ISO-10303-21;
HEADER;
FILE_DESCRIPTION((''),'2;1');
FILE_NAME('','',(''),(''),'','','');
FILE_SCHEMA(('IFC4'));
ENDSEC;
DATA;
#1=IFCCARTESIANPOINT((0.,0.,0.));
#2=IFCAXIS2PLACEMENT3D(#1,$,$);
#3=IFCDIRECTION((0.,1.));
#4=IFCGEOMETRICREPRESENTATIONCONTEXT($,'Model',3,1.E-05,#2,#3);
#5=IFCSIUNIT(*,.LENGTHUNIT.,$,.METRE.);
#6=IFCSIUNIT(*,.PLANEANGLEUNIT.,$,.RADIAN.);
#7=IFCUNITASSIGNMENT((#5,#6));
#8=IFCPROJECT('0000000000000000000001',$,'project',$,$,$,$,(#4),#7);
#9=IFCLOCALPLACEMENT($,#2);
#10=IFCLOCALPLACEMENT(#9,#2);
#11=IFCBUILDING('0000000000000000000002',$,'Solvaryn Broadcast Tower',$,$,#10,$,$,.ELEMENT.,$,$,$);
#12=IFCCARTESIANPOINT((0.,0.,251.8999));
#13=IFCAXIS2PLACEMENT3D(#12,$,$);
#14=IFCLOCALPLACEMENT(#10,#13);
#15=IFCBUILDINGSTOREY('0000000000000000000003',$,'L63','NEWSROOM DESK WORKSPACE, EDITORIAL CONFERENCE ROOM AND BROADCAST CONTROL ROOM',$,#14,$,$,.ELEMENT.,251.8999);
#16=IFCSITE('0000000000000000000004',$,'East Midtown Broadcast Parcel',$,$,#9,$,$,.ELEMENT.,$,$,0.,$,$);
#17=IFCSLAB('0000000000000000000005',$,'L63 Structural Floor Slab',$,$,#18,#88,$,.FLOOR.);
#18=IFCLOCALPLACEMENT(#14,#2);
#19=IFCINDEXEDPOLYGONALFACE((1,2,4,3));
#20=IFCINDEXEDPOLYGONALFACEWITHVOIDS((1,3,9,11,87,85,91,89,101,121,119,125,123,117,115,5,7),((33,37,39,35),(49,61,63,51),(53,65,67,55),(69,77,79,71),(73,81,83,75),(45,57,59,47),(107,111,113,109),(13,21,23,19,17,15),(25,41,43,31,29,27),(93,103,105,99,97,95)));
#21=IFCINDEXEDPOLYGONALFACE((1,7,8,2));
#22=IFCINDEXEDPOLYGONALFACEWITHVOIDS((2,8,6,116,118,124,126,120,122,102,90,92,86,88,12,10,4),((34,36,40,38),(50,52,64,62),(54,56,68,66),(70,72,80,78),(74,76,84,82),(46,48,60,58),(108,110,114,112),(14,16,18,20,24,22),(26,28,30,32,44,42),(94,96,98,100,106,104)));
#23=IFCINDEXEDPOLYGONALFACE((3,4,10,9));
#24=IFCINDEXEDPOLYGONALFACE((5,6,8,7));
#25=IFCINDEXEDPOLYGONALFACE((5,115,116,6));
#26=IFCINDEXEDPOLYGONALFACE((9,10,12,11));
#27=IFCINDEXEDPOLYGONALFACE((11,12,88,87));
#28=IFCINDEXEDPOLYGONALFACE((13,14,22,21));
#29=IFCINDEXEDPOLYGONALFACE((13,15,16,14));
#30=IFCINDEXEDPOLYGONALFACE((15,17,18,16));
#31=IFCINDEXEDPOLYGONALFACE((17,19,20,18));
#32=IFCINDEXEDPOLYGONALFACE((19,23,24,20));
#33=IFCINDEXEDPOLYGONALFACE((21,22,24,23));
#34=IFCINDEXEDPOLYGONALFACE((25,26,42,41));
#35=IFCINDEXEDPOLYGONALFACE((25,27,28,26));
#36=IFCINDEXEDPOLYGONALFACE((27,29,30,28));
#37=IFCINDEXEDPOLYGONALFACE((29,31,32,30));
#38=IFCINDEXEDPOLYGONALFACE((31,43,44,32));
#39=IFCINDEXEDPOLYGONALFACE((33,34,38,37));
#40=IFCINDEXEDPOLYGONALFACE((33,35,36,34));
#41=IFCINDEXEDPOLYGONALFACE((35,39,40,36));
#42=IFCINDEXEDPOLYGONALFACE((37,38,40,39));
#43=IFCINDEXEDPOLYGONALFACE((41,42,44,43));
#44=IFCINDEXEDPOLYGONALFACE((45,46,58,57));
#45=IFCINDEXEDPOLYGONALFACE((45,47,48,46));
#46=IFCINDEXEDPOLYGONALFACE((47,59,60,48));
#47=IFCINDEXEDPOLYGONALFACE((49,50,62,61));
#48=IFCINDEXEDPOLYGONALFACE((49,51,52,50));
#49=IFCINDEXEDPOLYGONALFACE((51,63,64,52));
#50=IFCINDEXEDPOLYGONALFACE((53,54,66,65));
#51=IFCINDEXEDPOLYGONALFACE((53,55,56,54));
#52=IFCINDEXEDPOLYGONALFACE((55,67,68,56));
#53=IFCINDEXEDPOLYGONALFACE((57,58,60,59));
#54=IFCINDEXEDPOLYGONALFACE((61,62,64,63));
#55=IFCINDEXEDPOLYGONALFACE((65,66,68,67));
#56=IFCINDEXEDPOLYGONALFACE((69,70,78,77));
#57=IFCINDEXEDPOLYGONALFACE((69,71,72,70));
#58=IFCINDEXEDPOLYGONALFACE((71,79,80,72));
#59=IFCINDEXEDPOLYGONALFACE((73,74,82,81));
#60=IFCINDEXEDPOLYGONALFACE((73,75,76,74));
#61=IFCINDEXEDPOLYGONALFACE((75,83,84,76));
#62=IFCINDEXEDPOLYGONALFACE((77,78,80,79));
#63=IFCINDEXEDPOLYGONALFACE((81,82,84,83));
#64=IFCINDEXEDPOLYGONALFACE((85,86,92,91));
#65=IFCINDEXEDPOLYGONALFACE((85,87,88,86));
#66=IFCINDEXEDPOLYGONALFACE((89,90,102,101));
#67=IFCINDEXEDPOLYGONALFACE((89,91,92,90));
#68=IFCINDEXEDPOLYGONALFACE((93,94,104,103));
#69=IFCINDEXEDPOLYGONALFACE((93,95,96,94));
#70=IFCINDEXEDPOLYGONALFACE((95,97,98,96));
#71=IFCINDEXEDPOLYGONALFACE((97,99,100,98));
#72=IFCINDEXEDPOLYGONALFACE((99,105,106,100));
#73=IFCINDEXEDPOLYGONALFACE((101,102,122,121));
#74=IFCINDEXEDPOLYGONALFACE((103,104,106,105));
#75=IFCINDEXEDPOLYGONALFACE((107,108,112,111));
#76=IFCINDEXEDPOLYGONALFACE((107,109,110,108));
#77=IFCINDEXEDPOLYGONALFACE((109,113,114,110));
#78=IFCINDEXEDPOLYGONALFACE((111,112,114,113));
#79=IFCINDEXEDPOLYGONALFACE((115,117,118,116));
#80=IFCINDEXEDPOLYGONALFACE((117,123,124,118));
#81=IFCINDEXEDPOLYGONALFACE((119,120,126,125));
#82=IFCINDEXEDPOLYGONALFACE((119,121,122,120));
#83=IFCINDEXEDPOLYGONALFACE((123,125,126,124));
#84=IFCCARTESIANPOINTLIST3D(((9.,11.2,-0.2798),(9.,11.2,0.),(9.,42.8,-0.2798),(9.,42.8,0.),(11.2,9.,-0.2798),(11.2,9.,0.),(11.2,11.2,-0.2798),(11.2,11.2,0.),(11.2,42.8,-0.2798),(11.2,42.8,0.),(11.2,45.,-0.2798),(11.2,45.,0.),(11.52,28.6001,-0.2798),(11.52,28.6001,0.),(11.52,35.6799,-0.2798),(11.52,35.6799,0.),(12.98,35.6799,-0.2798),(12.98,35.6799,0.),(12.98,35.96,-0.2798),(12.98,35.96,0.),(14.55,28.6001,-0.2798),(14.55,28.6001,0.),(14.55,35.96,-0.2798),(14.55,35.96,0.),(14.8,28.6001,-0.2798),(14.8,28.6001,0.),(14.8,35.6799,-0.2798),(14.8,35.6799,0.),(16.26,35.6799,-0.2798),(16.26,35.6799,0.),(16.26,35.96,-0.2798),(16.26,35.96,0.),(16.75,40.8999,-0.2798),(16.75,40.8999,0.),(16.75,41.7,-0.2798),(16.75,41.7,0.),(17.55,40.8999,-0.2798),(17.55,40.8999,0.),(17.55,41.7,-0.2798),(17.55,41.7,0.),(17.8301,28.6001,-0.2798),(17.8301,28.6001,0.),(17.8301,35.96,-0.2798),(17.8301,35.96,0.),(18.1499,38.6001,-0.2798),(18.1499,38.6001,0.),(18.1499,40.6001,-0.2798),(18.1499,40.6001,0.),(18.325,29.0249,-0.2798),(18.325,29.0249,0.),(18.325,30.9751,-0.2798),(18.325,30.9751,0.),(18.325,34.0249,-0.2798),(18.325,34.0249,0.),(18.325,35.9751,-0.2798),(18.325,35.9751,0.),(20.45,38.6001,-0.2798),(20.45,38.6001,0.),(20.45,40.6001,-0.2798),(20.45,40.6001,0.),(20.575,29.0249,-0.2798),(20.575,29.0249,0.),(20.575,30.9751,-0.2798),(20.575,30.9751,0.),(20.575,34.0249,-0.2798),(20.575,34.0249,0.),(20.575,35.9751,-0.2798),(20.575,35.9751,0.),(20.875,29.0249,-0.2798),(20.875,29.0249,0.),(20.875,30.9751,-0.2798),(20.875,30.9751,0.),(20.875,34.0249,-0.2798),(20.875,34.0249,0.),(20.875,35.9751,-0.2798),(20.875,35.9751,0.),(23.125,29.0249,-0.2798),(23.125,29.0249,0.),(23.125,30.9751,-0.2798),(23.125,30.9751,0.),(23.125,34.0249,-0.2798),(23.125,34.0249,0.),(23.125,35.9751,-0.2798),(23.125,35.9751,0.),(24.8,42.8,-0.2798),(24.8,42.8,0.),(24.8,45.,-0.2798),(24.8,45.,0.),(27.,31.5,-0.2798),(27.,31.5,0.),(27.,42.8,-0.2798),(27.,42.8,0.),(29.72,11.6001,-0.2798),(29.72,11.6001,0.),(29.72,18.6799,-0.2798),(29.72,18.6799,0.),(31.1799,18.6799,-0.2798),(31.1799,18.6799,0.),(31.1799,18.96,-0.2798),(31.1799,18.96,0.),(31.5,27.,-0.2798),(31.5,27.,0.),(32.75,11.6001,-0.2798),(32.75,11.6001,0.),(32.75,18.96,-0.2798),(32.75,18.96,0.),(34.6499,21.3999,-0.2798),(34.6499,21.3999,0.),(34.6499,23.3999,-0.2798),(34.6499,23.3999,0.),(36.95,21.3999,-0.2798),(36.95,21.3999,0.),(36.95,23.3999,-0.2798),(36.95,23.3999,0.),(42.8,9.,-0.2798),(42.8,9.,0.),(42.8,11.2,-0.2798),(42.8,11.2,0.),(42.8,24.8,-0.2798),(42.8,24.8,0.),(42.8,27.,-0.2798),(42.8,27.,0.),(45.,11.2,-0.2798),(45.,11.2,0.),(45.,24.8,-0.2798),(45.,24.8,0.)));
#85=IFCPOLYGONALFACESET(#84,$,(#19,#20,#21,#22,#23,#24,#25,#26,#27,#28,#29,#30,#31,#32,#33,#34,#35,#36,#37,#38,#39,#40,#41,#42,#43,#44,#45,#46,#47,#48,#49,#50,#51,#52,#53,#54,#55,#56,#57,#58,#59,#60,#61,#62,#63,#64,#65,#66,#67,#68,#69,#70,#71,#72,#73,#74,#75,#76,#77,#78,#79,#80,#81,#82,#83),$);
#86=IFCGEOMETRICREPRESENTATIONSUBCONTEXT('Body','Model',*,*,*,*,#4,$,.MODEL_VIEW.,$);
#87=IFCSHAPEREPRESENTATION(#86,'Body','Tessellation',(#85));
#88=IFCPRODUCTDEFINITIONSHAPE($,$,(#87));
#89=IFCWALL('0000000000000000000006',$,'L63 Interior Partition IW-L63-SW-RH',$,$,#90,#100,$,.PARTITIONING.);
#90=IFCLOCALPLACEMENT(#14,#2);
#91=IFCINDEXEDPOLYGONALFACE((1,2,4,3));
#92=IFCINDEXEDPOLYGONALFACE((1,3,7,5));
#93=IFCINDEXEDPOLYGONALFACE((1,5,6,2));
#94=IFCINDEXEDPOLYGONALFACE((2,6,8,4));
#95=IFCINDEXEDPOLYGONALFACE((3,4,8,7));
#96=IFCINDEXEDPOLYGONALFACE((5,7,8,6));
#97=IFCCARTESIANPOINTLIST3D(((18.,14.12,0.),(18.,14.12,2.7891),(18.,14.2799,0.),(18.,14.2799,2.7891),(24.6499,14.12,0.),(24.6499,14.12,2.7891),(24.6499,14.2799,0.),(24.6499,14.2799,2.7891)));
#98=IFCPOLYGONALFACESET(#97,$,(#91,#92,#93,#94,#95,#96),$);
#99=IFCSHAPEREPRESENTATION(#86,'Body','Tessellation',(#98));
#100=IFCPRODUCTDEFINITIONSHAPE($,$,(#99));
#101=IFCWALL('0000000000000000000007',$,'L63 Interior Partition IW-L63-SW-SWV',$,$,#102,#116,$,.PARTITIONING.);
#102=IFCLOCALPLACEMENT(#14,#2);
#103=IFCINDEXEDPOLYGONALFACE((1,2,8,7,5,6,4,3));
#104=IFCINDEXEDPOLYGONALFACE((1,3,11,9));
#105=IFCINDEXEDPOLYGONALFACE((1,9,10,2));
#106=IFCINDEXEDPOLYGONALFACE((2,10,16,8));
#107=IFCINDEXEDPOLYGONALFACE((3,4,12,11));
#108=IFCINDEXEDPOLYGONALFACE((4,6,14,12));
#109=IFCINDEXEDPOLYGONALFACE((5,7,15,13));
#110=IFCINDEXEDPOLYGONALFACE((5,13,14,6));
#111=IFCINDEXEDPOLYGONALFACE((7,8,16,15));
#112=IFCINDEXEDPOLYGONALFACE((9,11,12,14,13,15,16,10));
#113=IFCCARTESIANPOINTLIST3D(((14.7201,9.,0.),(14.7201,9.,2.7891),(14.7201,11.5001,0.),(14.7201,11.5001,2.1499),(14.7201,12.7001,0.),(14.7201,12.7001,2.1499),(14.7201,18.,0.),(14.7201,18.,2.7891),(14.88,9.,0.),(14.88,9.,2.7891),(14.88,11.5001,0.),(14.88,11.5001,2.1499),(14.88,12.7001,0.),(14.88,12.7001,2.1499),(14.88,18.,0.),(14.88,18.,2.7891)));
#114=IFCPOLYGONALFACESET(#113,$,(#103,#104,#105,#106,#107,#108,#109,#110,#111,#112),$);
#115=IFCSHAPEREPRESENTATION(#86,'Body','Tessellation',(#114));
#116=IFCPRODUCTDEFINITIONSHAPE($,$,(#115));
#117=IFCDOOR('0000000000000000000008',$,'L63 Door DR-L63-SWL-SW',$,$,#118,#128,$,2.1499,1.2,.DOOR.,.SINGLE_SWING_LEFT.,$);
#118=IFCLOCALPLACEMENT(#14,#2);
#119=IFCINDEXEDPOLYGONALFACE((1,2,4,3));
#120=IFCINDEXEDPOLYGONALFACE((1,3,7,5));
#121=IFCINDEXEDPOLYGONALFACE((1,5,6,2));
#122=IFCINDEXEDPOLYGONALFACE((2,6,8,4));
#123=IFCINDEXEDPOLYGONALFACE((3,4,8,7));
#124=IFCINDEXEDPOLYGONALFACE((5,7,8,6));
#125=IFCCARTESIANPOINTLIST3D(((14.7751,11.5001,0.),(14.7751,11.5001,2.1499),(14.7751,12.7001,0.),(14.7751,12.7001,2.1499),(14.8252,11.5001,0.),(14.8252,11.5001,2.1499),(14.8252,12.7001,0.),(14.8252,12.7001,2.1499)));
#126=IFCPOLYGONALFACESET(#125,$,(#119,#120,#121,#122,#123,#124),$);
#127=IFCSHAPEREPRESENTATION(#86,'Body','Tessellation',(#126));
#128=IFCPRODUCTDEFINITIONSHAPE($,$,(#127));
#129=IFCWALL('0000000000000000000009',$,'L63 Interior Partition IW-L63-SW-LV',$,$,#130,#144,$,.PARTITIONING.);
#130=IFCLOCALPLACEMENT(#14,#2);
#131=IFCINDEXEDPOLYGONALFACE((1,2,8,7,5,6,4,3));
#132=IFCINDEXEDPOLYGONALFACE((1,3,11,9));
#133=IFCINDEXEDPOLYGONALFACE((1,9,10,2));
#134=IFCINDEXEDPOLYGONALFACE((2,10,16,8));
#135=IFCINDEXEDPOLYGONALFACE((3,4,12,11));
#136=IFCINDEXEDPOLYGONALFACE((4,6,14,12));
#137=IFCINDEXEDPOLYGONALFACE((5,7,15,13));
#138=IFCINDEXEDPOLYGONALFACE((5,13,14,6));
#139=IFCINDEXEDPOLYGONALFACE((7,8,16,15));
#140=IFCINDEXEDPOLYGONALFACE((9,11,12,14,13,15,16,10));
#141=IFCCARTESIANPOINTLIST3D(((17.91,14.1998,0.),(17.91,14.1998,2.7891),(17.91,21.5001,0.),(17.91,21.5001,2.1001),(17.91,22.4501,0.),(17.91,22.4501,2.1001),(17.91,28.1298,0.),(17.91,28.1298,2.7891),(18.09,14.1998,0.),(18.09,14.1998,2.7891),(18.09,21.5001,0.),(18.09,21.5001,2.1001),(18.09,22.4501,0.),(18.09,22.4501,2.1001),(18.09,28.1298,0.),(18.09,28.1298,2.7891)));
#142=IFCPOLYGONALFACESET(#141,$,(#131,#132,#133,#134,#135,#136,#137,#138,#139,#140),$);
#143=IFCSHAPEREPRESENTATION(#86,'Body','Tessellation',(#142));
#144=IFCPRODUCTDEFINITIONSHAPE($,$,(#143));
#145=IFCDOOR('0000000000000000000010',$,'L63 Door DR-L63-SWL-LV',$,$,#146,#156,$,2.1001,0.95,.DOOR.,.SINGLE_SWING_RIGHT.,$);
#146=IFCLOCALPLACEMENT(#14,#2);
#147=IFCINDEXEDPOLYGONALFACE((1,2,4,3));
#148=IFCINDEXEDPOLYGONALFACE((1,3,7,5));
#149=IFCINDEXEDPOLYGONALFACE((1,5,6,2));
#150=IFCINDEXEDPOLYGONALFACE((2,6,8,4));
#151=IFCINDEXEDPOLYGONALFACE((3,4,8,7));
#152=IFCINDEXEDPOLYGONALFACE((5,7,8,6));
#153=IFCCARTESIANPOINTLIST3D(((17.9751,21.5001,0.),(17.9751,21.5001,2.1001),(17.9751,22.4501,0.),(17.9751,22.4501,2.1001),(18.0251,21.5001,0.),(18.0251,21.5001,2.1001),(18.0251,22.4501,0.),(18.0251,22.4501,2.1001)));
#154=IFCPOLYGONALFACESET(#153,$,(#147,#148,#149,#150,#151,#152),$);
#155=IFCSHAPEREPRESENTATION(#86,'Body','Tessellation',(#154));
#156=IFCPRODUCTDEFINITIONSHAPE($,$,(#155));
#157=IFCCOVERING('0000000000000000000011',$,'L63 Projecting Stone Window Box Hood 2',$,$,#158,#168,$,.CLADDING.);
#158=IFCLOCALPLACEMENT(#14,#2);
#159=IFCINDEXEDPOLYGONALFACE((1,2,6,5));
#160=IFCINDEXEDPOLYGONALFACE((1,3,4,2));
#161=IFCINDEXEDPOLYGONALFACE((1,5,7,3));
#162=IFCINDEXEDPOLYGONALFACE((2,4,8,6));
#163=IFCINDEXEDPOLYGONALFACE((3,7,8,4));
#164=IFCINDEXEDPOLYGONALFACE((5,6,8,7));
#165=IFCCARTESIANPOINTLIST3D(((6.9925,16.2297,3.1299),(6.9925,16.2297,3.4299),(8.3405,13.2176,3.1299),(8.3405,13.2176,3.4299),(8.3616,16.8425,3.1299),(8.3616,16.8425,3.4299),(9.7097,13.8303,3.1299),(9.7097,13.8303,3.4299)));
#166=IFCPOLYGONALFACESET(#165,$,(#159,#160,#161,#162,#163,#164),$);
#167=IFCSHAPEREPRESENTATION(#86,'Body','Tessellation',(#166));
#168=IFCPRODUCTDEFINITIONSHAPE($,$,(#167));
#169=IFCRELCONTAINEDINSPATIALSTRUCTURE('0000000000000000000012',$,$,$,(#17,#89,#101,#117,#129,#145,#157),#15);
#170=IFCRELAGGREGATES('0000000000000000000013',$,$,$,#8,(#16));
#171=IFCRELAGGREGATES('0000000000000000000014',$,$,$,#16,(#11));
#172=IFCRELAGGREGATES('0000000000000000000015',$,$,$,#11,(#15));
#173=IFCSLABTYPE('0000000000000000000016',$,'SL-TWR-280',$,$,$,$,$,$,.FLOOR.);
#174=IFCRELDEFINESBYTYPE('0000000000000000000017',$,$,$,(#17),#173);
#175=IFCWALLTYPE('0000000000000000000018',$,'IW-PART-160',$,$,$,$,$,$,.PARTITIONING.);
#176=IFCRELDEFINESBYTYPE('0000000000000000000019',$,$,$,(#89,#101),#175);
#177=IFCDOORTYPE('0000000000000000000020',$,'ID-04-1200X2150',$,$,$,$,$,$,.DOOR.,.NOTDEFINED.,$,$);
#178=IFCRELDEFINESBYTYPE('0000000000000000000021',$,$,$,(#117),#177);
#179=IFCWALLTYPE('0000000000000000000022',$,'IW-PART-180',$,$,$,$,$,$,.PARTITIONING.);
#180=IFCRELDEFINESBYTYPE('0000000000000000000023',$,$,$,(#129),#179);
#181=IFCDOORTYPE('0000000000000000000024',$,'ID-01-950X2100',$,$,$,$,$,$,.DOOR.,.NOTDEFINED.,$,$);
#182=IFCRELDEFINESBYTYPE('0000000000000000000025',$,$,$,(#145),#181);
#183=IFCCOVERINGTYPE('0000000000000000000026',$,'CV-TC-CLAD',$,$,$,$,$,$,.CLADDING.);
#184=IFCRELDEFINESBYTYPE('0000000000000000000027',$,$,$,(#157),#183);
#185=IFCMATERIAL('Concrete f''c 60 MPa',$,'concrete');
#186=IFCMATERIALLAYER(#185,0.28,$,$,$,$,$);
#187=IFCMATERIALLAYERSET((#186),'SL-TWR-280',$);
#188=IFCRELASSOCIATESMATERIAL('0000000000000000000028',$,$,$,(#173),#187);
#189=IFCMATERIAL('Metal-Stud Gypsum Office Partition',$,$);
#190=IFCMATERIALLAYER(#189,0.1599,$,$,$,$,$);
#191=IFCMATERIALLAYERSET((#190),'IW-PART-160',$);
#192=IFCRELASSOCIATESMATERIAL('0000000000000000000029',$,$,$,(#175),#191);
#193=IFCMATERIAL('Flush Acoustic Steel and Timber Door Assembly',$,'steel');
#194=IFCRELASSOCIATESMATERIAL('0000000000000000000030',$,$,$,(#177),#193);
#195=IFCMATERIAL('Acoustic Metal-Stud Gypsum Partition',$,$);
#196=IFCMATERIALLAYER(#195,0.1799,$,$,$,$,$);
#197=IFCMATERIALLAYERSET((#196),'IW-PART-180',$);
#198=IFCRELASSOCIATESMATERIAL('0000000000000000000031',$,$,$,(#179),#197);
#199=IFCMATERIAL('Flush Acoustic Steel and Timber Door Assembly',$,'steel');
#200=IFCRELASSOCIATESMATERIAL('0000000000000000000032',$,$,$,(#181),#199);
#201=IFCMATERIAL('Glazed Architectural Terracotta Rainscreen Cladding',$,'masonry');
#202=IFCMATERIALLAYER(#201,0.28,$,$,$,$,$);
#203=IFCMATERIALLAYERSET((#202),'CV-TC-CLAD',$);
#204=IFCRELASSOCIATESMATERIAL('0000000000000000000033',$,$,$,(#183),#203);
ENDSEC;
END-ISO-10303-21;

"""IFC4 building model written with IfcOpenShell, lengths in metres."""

from ifc_helpers import new_model, si_unit, direction, frame, frame_2d, origin, origin_2d, place, context, subcontext, project, spatial, polyline, rectangle, outline, extrude, material, layer, layer_set, type_object, element, fill, save


model = new_model("IFC4")

# Units and contexts
model_context = context("Model", 3, precision=1e-05, world=origin(), true_north=direction((0.0, 1.0)))
body_context = subcontext(model_context, "Body", "Model", "MODEL_VIEW")
ifc_project = project(units=[si_unit("LENGTHUNIT", "METRE"), si_unit("PLANEANGLEUNIT", "RADIAN")], contexts=[model_context])

# Site, building, storey
site_placement = place(None, origin())
site = spatial("IfcSite", under=ifc_project, at=site_placement, Name="East Midtown Broadcast Parcel", CompositionType="ELEMENT", RefElevation=0.0)
building_placement = place(site_placement, origin())
building = spatial("IfcBuilding", under=site, at=building_placement, Name="Solvaryn Broadcast Tower", CompositionType="ELEMENT")
storey_placement = place(building_placement, frame((0.0, 0.0, 251.8999)))
storey = spatial("IfcBuildingStorey", under=building, at=storey_placement, Name="L63", Description="NEWSROOM DESK WORKSPACE, EDITORIAL CONFERENCE ROOM AND BROADCAST CONTROL ROOM", CompositionType="ELEMENT", Elevation=251.8999)

# Slab
ifc_material_1 = material(Name="Concrete f'c 60 MPa", Category="concrete")
ifc_layer_1 = layer(ifc_material_1, 0.28)
ifc_layer_set_1 = layer_set([ifc_layer_1], Name="SL-TWR-280")
slab_type_1 = type_object("IfcSlabType", Name="SL-TWR-280", PredefinedType="FLOOR", material=ifc_layer_set_1)
slab_1_placement = place(storey_placement, frame((0.0, 0.0, -0.2798)))
element("IfcSlab", 1, at=slab_1_placement, inside=storey, type_object=slab_type_1, Name="L63 Structural Floor Slab", PredefinedType="FLOOR", context=body_context, shape_type="SweptSolid", body=[
    extrude(outline(polyline([(11.2, 9.0), (42.8, 9.0), (42.8, 11.2), (45.0, 11.2), (45.0, 24.8), (42.8, 24.8), (42.8, 27.0), (31.5, 27.0), (27.0, 31.5), (27.0, 42.8), (24.8, 42.8), (24.8, 45.0), (11.2, 45.0), (11.2, 42.8), (9.0, 42.8), (9.0, 11.2), (11.2, 11.2), (11.2, 9.0)]), holes=[polyline([(11.52, 28.6001), (14.55, 28.6001), (14.55, 35.96), (12.98, 35.96), (12.98, 35.6799), (11.52, 35.6799), (11.52, 28.6001)]), polyline([(14.8, 28.6001), (17.8301, 28.6001), (17.8301, 35.96), (16.26, 35.96), (16.26, 35.6799), (14.8, 35.6799), (14.8, 28.6001)]), polyline([(29.72, 11.6001), (32.75, 11.6001), (32.75, 18.96), (31.1799, 18.96), (31.1799, 18.6799), (29.72, 18.6799), (29.72, 11.6001)]), polyline([(18.1499, 38.6001), (20.45, 38.6001), (20.45, 40.6001), (18.1499, 40.6001), (18.1499, 38.6001)]), polyline([(18.325, 29.0249), (20.575, 29.0249), (20.575, 30.9751), (18.325, 30.9751), (18.325, 29.0249)]), polyline([(20.875, 29.0249), (23.125, 29.0249), (23.125, 30.9751), (20.875, 30.9751), (20.875, 29.0249)]), polyline([(18.325, 34.0249), (20.575, 34.0249), (20.575, 35.9751), (18.325, 35.9751), (18.325, 34.0249)]), polyline([(20.875, 34.0249), (23.125, 34.0249), (23.125, 35.9751), (20.875, 35.9751), (20.875, 34.0249)]), polyline([(34.6499, 21.3999), (36.95, 21.3999), (36.95, 23.3999), (34.6499, 23.3999), (34.6499, 21.3999)]), polyline([(16.75, 40.8999), (17.55, 40.8999), (17.55, 41.7), (16.75, 41.7), (16.75, 40.8999)])]), origin(), (0.0, 0.0, 1.0), 0.2798),
])

# Wall
ifc_material_2 = material(Name="Metal-Stud Gypsum Office Partition")
ifc_layer_2 = layer(ifc_material_2, 0.1599)
ifc_layer_set_2 = layer_set([ifc_layer_2], Name="IW-PART-160")
wall_type_1 = type_object("IfcWallType", Name="IW-PART-160", PredefinedType="PARTITIONING", material=ifc_layer_set_2)
wall_1_placement = place(storey_placement, frame((18.0, 14.2, 0.0), z_axis=(0.0, 0.0, 1.0), x_axis=(1.0, 0.0, 0.0)))
element("IfcWall", 2, at=wall_1_placement, inside=storey, type_object=wall_type_1, Name="L63 Interior Partition IW-L63-SW-RH", PredefinedType="PARTITIONING", context=body_context, shape_type="SweptSolid", body=[
    extrude(rectangle(XDim=6.6499, YDim=0.1599, at=frame_2d((3.325, 0.0))), origin(), (0.0, 0.0, 1.0), 2.7891),
])

# Walls, openings, doors
wall_2_placement = place(storey_placement, frame((14.8, 9.0, 0.0), z_axis=(0.0, 0.0, 1.0), x_axis=(0.0, 1.0, 0.0)))
wall_2 = element("IfcWall", 3, at=wall_2_placement, inside=storey, type_object=wall_type_1, Name="L63 Interior Partition IW-L63-SW-SWV", PredefinedType="PARTITIONING", context=body_context, shape_type="SweptSolid", body=[
    extrude(rectangle(XDim=9.0, YDim=0.1599, at=frame_2d((4.5, 0.0))), origin(), (0.0, 0.0, 1.0), 2.7891),
])
opening_1_placement = place(wall_2_placement, frame((2.5, 0.0, 0.0)))
opening_1 = element("IfcOpeningElement", 4, at=opening_1_placement, cuts=wall_2, PredefinedType="OPENING", context=body_context, shape_type="SweptSolid", body=[
    extrude(rectangle(XDim=1.2, YDim=2.1499, at=frame_2d((0.6001, 1.075))), frame((0.0, 0.0901, 0.0), z_axis=(0.0, -1.0, 0.0), x_axis=(1.0, 0.0, 0.0)), (0.0, 0.0, 1.0), 0.1799),
])
ifc_material_3 = material(Name="Flush Acoustic Steel and Timber Door Assembly", Category="steel")
door_type_1 = type_object("IfcDoorType", Name="ID-04-1200X2150", OperationType="NOTDEFINED", PredefinedType="DOOR", material=ifc_material_3)
door_1_placement = place(opening_1_placement, origin())
door_1 = element("IfcDoor", 5, at=door_1_placement, inside=storey, type_object=door_type_1, Name="L63 Door DR-L63-SWL-SW", OperationType="SINGLE_SWING_LEFT", OverallHeight=2.1499, OverallWidth=1.2, PredefinedType="DOOR", context=body_context, shape_type="SweptSolid", body=[
    extrude(rectangle(XDim=1.2, YDim=2.1499, at=frame_2d((0.6001, 1.075))), frame((0.0, 0.0249, 0.0), z_axis=(0.0, -1.0, 0.0), x_axis=(1.0, 0.0, 0.0)), (0.0, 0.0, 1.0), 0.05),
])
fill(opening_1, door_1)
ifc_material_4 = material(Name="Acoustic Metal-Stud Gypsum Partition")
ifc_layer_3 = layer(ifc_material_4, 0.1799)
ifc_layer_set_3 = layer_set([ifc_layer_3], Name="IW-PART-180")
wall_type_2 = type_object("IfcWallType", Name="IW-PART-180", PredefinedType="PARTITIONING", material=ifc_layer_set_3)
wall_3_placement = place(storey_placement, frame((18.0, 14.2, 0.0), z_axis=(0.0, 0.0, 1.0), x_axis=(0.0, 1.0, 0.0)))
wall_3 = element("IfcWall", 6, at=wall_3_placement, inside=storey, type_object=wall_type_2, Name="L63 Interior Partition IW-L63-SW-LV", PredefinedType="PARTITIONING", context=body_context, shape_type="SweptSolid", body=[
    extrude(rectangle(XDim=13.9299, YDim=0.1799, at=frame_2d((6.9648, 0.0))), origin(), (0.0, 0.0, 1.0), 2.7891),
])
opening_2_placement = place(wall_3_placement, frame((7.3, 0.0, 0.0)))
opening_2 = element("IfcOpeningElement", 7, at=opening_2_placement, cuts=wall_3, PredefinedType="OPENING", context=body_context, shape_type="SweptSolid", body=[
    extrude(rectangle(XDim=0.95, YDim=2.1001, at=frame_2d((0.4751, 1.05))), frame((0.0, 0.0999, 0.0), z_axis=(0.0, -1.0, 0.0), x_axis=(1.0, 0.0, 0.0)), (0.0, 0.0, 1.0), 0.2),
])
ifc_material_5 = material(Name="Flush Acoustic Steel and Timber Door Assembly", Category="steel")
door_type_2 = type_object("IfcDoorType", Name="ID-01-950X2100", OperationType="NOTDEFINED", PredefinedType="DOOR", material=ifc_material_5)
door_2_placement = place(opening_2_placement, origin())
door_2 = element("IfcDoor", 8, at=door_2_placement, inside=storey, type_object=door_type_2, Name="L63 Door DR-L63-SWL-LV", OperationType="SINGLE_SWING_RIGHT", OverallHeight=2.1001, OverallWidth=0.95, PredefinedType="DOOR", context=body_context, shape_type="SweptSolid", body=[
    extrude(rectangle(XDim=0.95, YDim=2.1001, at=frame_2d((0.4751, 1.05))), frame((0.0, 0.0249, 0.0), z_axis=(0.0, -1.0, 0.0), x_axis=(1.0, 0.0, 0.0)), (0.0, 0.0, 1.0), 0.05),
])
fill(opening_2, door_2)

# Covering
ifc_material_6 = material(Name="Glazed Architectural Terracotta Rainscreen Cladding", Category="masonry")
ifc_layer_4 = layer(ifc_material_6, 0.28)
ifc_layer_set_4 = layer_set([ifc_layer_4], Name="CV-TC-CLAD")
covering_type_1 = type_object("IfcCoveringType", Name="CV-TC-CLAD", PredefinedType="CLADDING", material=ifc_layer_set_4)
for number, where, z_axis, x_axis, name in (
    (9, (8.3511, 15.03, 3.1299), (0.0, 0.0, 1.0), (0.40849, -0.912763, 0.0), "L63 Projecting Stone Window Box Hood 2"),
):
    element("IfcCovering", number, at=place(storey_placement, frame(where, z_axis=z_axis, x_axis=x_axis)), inside=storey, type_object=covering_type_1, Name=name, PredefinedType="CLADDING", context=body_context, shape_type="SweptSolid", body=[
        extrude(rectangle(XDim=3.3, YDim=1.5, at=origin_2d()), origin(), (0.0, 0.0, 1.0), 0.3),
    ])

save(model, "model.ifc")
